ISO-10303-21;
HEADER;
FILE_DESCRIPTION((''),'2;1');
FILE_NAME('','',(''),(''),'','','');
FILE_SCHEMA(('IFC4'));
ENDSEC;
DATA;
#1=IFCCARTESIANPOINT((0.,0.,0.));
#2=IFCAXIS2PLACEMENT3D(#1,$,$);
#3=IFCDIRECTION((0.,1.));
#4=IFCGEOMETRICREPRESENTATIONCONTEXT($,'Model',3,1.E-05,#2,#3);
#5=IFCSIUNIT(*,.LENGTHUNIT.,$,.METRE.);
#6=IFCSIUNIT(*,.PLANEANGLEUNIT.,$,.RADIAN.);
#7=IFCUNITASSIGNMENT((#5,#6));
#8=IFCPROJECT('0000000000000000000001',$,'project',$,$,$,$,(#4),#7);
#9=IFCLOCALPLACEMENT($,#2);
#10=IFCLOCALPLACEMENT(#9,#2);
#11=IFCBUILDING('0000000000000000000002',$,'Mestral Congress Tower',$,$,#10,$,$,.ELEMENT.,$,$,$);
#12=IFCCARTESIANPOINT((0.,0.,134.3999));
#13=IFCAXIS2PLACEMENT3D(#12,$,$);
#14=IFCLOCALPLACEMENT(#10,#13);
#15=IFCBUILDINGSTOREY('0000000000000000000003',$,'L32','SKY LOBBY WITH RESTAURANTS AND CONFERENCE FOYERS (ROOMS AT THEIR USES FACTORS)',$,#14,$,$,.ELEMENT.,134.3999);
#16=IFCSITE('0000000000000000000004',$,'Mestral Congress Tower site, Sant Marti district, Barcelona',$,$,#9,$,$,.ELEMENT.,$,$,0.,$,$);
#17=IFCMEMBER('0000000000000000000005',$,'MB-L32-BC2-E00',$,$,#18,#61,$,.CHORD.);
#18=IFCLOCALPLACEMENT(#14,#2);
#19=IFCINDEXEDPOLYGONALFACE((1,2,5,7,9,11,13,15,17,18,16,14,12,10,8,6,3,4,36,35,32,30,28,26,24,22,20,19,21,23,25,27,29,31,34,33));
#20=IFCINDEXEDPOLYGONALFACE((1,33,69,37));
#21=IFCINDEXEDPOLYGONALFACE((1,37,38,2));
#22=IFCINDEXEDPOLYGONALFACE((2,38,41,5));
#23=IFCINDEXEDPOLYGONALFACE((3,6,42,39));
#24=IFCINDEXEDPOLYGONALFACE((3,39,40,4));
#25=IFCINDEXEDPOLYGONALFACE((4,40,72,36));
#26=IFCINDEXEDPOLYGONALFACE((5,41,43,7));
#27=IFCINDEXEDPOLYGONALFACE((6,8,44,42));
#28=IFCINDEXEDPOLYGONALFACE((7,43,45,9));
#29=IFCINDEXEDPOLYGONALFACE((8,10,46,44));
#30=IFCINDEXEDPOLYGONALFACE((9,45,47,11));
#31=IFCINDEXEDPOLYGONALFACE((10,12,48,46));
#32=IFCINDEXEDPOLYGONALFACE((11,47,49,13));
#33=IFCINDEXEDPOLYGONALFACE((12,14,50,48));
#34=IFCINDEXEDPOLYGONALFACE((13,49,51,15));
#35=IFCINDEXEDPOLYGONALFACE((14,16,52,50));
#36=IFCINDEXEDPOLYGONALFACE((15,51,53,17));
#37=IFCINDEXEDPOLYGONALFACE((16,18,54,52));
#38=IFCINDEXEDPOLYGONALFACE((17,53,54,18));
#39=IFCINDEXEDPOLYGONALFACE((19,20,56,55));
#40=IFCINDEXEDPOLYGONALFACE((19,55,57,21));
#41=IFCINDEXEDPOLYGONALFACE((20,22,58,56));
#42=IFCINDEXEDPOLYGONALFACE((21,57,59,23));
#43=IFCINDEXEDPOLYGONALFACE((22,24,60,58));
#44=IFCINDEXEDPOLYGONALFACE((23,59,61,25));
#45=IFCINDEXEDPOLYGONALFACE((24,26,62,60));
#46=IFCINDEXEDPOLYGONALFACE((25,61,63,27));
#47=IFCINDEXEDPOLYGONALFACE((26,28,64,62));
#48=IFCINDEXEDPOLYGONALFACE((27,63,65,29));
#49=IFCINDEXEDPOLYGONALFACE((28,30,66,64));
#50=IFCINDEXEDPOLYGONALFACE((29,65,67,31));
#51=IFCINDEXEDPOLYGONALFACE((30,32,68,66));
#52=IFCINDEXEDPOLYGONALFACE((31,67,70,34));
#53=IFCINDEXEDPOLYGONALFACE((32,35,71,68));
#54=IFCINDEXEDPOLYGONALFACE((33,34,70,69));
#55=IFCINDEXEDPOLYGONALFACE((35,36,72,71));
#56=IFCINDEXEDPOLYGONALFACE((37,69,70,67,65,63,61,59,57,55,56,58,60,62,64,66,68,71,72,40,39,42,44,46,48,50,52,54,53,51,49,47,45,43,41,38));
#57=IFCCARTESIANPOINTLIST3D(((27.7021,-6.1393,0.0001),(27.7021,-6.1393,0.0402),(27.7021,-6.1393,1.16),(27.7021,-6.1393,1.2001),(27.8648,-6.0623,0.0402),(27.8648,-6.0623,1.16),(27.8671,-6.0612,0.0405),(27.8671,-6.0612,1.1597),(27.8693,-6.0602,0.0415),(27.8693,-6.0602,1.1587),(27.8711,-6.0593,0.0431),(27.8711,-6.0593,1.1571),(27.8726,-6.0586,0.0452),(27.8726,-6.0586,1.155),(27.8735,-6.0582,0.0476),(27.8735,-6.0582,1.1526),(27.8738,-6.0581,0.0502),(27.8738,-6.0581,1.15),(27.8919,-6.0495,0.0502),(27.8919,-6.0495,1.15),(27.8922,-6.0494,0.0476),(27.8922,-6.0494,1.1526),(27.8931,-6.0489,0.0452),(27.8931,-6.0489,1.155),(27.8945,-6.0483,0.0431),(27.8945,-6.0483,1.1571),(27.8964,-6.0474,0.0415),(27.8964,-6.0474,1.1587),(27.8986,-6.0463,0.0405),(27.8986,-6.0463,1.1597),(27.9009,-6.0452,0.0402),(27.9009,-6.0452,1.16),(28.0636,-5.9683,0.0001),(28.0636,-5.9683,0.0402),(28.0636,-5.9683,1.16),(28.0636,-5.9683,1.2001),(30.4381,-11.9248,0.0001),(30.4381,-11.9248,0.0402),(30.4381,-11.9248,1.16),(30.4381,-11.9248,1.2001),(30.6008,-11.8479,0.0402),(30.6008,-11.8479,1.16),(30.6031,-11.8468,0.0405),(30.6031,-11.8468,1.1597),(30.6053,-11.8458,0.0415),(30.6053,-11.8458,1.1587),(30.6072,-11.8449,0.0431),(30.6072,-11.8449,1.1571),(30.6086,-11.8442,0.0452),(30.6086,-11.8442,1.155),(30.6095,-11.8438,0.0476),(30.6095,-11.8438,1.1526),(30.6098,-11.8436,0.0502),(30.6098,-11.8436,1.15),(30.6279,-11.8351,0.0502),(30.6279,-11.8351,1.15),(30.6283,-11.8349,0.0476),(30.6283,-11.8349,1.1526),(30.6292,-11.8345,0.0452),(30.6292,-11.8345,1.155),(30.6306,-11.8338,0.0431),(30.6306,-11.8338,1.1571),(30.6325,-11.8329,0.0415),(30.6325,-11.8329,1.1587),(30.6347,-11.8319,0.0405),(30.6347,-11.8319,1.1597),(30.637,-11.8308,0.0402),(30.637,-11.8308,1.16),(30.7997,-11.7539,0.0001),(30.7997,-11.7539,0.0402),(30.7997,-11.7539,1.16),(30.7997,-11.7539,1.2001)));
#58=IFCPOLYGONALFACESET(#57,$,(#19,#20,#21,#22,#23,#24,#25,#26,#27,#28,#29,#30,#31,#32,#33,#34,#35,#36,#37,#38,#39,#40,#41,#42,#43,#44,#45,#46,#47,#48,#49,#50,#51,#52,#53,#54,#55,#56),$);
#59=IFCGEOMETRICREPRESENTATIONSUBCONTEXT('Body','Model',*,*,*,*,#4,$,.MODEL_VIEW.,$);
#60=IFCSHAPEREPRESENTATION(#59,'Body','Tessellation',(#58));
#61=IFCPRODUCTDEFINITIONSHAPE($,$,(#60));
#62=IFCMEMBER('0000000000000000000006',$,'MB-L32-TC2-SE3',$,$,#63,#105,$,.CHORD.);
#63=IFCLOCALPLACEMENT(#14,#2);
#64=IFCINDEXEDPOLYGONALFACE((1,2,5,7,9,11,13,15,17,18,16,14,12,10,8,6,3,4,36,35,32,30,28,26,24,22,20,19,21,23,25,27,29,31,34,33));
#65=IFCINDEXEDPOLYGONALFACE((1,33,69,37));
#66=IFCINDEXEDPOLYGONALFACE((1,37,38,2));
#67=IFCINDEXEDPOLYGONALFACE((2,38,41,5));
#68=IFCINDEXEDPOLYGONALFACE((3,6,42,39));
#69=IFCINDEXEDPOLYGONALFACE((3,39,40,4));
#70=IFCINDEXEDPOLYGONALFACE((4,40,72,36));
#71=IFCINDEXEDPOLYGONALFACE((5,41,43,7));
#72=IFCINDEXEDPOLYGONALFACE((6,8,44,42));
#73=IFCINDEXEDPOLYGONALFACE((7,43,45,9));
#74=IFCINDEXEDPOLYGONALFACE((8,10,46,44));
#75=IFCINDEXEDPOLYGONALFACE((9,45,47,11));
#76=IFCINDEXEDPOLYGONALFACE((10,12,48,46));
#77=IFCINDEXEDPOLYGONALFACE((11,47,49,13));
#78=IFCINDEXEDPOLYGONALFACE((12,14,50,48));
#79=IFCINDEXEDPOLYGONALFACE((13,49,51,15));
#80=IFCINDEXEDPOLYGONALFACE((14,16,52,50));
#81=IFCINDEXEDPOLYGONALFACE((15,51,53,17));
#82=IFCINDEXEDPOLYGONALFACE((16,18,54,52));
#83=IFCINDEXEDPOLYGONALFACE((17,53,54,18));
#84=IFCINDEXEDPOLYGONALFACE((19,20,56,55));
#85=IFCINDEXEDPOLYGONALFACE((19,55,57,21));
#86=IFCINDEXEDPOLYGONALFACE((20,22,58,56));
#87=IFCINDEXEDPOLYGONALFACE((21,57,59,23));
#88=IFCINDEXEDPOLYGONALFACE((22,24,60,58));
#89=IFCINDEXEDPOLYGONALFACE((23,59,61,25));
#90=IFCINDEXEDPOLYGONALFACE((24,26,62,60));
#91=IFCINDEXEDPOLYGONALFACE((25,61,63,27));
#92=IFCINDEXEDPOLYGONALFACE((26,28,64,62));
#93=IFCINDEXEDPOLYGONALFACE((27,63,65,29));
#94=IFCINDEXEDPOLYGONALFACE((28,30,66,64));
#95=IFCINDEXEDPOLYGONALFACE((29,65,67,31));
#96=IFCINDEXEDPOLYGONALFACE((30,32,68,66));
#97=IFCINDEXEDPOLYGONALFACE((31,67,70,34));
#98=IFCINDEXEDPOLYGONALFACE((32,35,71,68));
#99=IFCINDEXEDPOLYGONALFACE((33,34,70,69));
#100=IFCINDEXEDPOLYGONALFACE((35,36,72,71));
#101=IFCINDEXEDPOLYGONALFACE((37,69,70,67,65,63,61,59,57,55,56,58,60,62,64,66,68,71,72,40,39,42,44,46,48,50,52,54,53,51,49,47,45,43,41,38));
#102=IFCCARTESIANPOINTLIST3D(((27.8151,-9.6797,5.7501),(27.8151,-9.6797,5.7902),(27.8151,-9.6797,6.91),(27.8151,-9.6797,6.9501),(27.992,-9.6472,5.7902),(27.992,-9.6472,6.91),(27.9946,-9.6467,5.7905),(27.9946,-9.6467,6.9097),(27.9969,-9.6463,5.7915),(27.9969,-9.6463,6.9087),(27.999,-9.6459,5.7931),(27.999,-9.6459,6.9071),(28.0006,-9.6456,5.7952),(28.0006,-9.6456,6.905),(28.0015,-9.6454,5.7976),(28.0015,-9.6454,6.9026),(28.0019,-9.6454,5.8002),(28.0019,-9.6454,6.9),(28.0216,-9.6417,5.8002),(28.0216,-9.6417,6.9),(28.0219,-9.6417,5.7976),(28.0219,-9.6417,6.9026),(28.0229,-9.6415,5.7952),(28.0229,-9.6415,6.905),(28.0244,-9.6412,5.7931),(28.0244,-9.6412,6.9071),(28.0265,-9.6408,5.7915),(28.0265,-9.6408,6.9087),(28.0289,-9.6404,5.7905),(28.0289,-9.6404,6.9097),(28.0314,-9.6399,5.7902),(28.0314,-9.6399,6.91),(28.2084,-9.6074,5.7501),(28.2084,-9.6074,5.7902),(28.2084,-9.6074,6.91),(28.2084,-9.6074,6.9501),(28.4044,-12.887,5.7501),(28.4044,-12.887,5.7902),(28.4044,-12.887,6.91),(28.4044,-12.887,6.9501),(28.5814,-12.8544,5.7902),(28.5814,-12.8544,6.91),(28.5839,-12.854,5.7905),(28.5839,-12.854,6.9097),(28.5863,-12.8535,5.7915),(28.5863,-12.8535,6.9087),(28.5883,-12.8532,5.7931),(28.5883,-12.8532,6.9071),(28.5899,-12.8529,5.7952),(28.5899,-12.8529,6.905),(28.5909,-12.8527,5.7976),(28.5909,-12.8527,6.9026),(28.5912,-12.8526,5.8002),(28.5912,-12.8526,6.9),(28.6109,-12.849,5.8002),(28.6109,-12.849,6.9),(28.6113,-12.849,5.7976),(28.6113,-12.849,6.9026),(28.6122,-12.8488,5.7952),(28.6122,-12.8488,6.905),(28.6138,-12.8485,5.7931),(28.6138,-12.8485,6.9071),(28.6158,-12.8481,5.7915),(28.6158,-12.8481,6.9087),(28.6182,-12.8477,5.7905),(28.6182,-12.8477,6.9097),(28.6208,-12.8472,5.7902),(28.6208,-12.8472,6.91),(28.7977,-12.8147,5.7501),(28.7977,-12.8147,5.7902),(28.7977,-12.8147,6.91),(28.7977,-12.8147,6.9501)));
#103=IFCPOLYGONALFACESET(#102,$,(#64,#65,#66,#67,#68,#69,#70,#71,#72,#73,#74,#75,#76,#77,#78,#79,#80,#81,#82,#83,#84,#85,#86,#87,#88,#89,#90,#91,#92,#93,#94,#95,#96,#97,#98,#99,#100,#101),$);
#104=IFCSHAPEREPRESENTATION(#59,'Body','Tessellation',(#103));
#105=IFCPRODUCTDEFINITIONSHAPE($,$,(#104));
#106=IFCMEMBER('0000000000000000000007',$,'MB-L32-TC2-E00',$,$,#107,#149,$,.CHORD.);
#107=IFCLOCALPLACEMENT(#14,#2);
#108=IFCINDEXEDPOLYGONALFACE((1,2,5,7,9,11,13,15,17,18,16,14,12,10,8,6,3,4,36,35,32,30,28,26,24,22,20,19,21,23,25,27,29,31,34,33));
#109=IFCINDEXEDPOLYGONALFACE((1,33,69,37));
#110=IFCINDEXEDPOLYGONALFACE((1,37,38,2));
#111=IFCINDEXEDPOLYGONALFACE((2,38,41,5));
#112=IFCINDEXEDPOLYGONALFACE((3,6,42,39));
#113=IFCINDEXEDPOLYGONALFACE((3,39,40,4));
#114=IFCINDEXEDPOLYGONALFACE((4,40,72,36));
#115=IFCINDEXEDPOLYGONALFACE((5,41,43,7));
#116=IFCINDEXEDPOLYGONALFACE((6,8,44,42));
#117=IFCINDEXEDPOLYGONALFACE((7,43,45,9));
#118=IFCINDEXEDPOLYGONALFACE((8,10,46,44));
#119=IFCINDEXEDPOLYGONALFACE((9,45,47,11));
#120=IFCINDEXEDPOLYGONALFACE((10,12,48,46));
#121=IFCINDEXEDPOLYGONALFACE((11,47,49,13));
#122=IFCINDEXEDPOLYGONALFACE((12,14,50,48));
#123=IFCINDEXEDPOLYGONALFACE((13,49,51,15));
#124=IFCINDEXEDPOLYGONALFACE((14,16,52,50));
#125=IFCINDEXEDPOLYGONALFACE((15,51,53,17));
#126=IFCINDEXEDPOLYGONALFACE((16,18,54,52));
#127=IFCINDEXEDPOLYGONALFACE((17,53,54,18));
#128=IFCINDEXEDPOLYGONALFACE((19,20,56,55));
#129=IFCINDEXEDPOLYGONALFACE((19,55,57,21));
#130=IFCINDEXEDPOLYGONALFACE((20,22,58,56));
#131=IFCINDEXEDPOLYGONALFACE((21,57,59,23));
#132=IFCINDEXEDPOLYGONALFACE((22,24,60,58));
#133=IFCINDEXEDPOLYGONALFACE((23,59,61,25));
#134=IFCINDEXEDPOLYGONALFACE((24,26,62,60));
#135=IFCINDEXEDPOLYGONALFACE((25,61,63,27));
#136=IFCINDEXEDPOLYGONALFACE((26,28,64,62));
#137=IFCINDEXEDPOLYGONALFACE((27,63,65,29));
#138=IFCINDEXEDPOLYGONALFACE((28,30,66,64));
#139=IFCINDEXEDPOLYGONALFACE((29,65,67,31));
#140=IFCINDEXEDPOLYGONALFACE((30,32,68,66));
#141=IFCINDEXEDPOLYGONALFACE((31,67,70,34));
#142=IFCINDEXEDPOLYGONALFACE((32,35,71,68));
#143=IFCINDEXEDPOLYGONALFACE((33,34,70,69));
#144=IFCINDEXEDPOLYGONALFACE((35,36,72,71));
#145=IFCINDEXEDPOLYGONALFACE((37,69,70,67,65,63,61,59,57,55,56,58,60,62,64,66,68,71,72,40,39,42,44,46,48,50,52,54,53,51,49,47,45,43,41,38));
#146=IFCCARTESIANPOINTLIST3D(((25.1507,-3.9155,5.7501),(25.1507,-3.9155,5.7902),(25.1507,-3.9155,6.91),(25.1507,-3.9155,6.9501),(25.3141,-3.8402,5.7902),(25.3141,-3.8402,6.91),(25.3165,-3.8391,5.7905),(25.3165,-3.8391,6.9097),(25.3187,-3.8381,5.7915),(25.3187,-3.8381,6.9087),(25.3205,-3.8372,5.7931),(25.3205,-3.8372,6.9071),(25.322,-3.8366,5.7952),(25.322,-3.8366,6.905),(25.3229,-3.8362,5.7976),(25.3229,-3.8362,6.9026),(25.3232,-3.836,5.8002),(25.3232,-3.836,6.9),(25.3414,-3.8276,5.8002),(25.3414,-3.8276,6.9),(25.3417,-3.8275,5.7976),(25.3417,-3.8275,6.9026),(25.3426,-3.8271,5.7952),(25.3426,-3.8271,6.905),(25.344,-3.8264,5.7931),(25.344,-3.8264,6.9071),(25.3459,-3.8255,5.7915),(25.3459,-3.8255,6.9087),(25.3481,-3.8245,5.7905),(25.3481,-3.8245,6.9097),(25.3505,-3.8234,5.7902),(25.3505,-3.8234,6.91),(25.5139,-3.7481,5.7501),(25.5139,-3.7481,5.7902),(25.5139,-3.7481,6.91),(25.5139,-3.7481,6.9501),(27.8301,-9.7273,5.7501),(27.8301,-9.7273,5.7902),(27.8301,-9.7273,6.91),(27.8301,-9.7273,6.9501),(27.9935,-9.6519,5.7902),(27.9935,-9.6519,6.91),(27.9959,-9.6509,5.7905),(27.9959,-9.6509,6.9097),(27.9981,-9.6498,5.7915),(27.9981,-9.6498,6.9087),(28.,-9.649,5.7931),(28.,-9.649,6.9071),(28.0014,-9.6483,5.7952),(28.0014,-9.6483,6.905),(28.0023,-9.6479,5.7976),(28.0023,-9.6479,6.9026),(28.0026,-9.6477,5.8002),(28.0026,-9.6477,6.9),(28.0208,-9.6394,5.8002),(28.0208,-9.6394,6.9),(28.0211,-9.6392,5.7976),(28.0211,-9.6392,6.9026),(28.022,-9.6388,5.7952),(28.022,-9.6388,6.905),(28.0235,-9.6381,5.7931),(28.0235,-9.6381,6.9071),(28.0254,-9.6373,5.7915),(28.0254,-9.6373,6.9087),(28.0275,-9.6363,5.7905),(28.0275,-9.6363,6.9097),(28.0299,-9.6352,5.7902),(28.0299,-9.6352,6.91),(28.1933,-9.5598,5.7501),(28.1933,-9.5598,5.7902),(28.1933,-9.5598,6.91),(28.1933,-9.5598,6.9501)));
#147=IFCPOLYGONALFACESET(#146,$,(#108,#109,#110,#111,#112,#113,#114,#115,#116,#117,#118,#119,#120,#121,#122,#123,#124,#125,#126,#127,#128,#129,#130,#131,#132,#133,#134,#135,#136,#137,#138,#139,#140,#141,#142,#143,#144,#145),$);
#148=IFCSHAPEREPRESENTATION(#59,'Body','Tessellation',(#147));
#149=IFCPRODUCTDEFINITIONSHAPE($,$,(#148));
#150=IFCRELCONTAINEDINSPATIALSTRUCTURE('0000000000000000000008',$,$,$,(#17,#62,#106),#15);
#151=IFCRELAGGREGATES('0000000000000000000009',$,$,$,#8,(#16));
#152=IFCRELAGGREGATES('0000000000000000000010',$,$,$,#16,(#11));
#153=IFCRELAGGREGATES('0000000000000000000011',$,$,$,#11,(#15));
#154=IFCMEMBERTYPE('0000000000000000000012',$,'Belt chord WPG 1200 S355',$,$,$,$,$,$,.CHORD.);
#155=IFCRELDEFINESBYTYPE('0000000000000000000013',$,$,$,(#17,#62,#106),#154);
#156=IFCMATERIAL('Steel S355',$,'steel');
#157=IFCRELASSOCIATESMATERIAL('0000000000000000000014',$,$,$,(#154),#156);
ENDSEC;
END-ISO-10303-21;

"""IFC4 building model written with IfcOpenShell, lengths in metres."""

from ifc_helpers import new_model, si_unit, direction, frame, origin, origin_2d, place, context, subcontext, project, spatial, i_section, extrude, material, material_profile, profile_set, type_object, element, save


model = new_model("IFC4")

# Units and contexts
model_context = context("Model", 3, precision=1e-05, world=origin(), true_north=direction((0.0, 1.0)))
body_context = subcontext(model_context, "Body", "Model", "MODEL_VIEW")
ifc_project = project(units=[si_unit("LENGTHUNIT", "METRE"), si_unit("PLANEANGLEUNIT", "RADIAN")], contexts=[model_context])

# Site, building, storey
site_placement = place(None, origin())
site = spatial("IfcSite", under=ifc_project, at=site_placement, Name="Mestral Congress Tower site, Sant Marti district, Barcelona", CompositionType="ELEMENT", RefElevation=0.0)
building_placement = place(site_placement, origin())
building = spatial("IfcBuilding", under=site, at=building_placement, Name="Mestral Congress Tower", CompositionType="ELEMENT")
storey_placement = place(building_placement, frame((0.0, 0.0, 134.3999)))
storey = spatial("IfcBuildingStorey", under=building, at=storey_placement, Name="L32", Description="SKY LOBBY WITH RESTAURANTS AND CONFERENCE FOYERS (ROOMS AT THEIR USES FACTORS)", CompositionType="ELEMENT", Elevation=134.3999)

# Members
ifc_material_1 = material(Name="Steel S355", Category="steel")
ifc_material_profile_1 = material_profile(ifc_material_1, i_section(OverallWidth=0.3999, OverallDepth=1.2, WebThickness=0.02, FlangeThickness=0.04, FilletRadius=0.01, at=origin_2d()), Name="WPG 1200")
ifc_profile_set_1 = profile_set([ifc_material_profile_1], Name="Steel S355")
member_type_1 = type_object("IfcMemberType", Name="Belt chord WPG 1200 S355", PredefinedType="CHORD", material=ifc_profile_set_1)
member_1_placement = place(storey_placement, frame((30.6189, -11.8394, 0.6001), z_axis=(-0.427514, 0.904009, 0.0), x_axis=(-0.904009, -0.427514, 0.0)))
element("IfcMember", 1, at=member_1_placement, inside=storey, type_object=member_type_1, Name="MB-L32-BC2-E00", PredefinedType="CHORD", context=body_context, shape_type="SweptSolid", body=[
    extrude(i_section(OverallWidth=0.3999, OverallDepth=1.2, WebThickness=0.02, FlangeThickness=0.04, FilletRadius=0.01, at=origin_2d()), origin(), (0.0, 0.0, 1.0), 6.3999),
])
member_2_placement = place(storey_placement, frame((28.6011, -12.8508, 6.3501), z_axis=(-0.18073, 0.983533, 0.0), x_axis=(-0.983533, -0.18073, 0.0)))
element("IfcMember", 2, at=member_2_placement, inside=storey, type_object=member_type_1, Name="MB-L32-TC2-SE3", PredefinedType="CHORD", context=body_context, shape_type="SweptSolid", body=[
    extrude(i_section(OverallWidth=0.3999, OverallDepth=1.2, WebThickness=0.02, FlangeThickness=0.04, FilletRadius=0.01, at=origin_2d()), origin(), (0.0, 0.0, 1.0), 3.261),
])
member_3_placement = place(storey_placement, frame((28.0117, -9.6436, 6.3501), z_axis=(-0.418683, 0.908132, 0.0), x_axis=(-0.908132, -0.418683, 0.0)))
element("IfcMember", 3, at=member_3_placement, inside=storey, type_object=member_type_1, Name="MB-L32-TC2-E00", PredefinedType="CHORD", context=body_context, shape_type="SweptSolid", body=[
    extrude(i_section(OverallWidth=0.3999, OverallDepth=1.2, WebThickness=0.02, FlangeThickness=0.04, FilletRadius=0.01, at=origin_2d()), origin(), (0.0, 0.0, 1.0), 6.3997),
])

save(model, "model.ifc")
